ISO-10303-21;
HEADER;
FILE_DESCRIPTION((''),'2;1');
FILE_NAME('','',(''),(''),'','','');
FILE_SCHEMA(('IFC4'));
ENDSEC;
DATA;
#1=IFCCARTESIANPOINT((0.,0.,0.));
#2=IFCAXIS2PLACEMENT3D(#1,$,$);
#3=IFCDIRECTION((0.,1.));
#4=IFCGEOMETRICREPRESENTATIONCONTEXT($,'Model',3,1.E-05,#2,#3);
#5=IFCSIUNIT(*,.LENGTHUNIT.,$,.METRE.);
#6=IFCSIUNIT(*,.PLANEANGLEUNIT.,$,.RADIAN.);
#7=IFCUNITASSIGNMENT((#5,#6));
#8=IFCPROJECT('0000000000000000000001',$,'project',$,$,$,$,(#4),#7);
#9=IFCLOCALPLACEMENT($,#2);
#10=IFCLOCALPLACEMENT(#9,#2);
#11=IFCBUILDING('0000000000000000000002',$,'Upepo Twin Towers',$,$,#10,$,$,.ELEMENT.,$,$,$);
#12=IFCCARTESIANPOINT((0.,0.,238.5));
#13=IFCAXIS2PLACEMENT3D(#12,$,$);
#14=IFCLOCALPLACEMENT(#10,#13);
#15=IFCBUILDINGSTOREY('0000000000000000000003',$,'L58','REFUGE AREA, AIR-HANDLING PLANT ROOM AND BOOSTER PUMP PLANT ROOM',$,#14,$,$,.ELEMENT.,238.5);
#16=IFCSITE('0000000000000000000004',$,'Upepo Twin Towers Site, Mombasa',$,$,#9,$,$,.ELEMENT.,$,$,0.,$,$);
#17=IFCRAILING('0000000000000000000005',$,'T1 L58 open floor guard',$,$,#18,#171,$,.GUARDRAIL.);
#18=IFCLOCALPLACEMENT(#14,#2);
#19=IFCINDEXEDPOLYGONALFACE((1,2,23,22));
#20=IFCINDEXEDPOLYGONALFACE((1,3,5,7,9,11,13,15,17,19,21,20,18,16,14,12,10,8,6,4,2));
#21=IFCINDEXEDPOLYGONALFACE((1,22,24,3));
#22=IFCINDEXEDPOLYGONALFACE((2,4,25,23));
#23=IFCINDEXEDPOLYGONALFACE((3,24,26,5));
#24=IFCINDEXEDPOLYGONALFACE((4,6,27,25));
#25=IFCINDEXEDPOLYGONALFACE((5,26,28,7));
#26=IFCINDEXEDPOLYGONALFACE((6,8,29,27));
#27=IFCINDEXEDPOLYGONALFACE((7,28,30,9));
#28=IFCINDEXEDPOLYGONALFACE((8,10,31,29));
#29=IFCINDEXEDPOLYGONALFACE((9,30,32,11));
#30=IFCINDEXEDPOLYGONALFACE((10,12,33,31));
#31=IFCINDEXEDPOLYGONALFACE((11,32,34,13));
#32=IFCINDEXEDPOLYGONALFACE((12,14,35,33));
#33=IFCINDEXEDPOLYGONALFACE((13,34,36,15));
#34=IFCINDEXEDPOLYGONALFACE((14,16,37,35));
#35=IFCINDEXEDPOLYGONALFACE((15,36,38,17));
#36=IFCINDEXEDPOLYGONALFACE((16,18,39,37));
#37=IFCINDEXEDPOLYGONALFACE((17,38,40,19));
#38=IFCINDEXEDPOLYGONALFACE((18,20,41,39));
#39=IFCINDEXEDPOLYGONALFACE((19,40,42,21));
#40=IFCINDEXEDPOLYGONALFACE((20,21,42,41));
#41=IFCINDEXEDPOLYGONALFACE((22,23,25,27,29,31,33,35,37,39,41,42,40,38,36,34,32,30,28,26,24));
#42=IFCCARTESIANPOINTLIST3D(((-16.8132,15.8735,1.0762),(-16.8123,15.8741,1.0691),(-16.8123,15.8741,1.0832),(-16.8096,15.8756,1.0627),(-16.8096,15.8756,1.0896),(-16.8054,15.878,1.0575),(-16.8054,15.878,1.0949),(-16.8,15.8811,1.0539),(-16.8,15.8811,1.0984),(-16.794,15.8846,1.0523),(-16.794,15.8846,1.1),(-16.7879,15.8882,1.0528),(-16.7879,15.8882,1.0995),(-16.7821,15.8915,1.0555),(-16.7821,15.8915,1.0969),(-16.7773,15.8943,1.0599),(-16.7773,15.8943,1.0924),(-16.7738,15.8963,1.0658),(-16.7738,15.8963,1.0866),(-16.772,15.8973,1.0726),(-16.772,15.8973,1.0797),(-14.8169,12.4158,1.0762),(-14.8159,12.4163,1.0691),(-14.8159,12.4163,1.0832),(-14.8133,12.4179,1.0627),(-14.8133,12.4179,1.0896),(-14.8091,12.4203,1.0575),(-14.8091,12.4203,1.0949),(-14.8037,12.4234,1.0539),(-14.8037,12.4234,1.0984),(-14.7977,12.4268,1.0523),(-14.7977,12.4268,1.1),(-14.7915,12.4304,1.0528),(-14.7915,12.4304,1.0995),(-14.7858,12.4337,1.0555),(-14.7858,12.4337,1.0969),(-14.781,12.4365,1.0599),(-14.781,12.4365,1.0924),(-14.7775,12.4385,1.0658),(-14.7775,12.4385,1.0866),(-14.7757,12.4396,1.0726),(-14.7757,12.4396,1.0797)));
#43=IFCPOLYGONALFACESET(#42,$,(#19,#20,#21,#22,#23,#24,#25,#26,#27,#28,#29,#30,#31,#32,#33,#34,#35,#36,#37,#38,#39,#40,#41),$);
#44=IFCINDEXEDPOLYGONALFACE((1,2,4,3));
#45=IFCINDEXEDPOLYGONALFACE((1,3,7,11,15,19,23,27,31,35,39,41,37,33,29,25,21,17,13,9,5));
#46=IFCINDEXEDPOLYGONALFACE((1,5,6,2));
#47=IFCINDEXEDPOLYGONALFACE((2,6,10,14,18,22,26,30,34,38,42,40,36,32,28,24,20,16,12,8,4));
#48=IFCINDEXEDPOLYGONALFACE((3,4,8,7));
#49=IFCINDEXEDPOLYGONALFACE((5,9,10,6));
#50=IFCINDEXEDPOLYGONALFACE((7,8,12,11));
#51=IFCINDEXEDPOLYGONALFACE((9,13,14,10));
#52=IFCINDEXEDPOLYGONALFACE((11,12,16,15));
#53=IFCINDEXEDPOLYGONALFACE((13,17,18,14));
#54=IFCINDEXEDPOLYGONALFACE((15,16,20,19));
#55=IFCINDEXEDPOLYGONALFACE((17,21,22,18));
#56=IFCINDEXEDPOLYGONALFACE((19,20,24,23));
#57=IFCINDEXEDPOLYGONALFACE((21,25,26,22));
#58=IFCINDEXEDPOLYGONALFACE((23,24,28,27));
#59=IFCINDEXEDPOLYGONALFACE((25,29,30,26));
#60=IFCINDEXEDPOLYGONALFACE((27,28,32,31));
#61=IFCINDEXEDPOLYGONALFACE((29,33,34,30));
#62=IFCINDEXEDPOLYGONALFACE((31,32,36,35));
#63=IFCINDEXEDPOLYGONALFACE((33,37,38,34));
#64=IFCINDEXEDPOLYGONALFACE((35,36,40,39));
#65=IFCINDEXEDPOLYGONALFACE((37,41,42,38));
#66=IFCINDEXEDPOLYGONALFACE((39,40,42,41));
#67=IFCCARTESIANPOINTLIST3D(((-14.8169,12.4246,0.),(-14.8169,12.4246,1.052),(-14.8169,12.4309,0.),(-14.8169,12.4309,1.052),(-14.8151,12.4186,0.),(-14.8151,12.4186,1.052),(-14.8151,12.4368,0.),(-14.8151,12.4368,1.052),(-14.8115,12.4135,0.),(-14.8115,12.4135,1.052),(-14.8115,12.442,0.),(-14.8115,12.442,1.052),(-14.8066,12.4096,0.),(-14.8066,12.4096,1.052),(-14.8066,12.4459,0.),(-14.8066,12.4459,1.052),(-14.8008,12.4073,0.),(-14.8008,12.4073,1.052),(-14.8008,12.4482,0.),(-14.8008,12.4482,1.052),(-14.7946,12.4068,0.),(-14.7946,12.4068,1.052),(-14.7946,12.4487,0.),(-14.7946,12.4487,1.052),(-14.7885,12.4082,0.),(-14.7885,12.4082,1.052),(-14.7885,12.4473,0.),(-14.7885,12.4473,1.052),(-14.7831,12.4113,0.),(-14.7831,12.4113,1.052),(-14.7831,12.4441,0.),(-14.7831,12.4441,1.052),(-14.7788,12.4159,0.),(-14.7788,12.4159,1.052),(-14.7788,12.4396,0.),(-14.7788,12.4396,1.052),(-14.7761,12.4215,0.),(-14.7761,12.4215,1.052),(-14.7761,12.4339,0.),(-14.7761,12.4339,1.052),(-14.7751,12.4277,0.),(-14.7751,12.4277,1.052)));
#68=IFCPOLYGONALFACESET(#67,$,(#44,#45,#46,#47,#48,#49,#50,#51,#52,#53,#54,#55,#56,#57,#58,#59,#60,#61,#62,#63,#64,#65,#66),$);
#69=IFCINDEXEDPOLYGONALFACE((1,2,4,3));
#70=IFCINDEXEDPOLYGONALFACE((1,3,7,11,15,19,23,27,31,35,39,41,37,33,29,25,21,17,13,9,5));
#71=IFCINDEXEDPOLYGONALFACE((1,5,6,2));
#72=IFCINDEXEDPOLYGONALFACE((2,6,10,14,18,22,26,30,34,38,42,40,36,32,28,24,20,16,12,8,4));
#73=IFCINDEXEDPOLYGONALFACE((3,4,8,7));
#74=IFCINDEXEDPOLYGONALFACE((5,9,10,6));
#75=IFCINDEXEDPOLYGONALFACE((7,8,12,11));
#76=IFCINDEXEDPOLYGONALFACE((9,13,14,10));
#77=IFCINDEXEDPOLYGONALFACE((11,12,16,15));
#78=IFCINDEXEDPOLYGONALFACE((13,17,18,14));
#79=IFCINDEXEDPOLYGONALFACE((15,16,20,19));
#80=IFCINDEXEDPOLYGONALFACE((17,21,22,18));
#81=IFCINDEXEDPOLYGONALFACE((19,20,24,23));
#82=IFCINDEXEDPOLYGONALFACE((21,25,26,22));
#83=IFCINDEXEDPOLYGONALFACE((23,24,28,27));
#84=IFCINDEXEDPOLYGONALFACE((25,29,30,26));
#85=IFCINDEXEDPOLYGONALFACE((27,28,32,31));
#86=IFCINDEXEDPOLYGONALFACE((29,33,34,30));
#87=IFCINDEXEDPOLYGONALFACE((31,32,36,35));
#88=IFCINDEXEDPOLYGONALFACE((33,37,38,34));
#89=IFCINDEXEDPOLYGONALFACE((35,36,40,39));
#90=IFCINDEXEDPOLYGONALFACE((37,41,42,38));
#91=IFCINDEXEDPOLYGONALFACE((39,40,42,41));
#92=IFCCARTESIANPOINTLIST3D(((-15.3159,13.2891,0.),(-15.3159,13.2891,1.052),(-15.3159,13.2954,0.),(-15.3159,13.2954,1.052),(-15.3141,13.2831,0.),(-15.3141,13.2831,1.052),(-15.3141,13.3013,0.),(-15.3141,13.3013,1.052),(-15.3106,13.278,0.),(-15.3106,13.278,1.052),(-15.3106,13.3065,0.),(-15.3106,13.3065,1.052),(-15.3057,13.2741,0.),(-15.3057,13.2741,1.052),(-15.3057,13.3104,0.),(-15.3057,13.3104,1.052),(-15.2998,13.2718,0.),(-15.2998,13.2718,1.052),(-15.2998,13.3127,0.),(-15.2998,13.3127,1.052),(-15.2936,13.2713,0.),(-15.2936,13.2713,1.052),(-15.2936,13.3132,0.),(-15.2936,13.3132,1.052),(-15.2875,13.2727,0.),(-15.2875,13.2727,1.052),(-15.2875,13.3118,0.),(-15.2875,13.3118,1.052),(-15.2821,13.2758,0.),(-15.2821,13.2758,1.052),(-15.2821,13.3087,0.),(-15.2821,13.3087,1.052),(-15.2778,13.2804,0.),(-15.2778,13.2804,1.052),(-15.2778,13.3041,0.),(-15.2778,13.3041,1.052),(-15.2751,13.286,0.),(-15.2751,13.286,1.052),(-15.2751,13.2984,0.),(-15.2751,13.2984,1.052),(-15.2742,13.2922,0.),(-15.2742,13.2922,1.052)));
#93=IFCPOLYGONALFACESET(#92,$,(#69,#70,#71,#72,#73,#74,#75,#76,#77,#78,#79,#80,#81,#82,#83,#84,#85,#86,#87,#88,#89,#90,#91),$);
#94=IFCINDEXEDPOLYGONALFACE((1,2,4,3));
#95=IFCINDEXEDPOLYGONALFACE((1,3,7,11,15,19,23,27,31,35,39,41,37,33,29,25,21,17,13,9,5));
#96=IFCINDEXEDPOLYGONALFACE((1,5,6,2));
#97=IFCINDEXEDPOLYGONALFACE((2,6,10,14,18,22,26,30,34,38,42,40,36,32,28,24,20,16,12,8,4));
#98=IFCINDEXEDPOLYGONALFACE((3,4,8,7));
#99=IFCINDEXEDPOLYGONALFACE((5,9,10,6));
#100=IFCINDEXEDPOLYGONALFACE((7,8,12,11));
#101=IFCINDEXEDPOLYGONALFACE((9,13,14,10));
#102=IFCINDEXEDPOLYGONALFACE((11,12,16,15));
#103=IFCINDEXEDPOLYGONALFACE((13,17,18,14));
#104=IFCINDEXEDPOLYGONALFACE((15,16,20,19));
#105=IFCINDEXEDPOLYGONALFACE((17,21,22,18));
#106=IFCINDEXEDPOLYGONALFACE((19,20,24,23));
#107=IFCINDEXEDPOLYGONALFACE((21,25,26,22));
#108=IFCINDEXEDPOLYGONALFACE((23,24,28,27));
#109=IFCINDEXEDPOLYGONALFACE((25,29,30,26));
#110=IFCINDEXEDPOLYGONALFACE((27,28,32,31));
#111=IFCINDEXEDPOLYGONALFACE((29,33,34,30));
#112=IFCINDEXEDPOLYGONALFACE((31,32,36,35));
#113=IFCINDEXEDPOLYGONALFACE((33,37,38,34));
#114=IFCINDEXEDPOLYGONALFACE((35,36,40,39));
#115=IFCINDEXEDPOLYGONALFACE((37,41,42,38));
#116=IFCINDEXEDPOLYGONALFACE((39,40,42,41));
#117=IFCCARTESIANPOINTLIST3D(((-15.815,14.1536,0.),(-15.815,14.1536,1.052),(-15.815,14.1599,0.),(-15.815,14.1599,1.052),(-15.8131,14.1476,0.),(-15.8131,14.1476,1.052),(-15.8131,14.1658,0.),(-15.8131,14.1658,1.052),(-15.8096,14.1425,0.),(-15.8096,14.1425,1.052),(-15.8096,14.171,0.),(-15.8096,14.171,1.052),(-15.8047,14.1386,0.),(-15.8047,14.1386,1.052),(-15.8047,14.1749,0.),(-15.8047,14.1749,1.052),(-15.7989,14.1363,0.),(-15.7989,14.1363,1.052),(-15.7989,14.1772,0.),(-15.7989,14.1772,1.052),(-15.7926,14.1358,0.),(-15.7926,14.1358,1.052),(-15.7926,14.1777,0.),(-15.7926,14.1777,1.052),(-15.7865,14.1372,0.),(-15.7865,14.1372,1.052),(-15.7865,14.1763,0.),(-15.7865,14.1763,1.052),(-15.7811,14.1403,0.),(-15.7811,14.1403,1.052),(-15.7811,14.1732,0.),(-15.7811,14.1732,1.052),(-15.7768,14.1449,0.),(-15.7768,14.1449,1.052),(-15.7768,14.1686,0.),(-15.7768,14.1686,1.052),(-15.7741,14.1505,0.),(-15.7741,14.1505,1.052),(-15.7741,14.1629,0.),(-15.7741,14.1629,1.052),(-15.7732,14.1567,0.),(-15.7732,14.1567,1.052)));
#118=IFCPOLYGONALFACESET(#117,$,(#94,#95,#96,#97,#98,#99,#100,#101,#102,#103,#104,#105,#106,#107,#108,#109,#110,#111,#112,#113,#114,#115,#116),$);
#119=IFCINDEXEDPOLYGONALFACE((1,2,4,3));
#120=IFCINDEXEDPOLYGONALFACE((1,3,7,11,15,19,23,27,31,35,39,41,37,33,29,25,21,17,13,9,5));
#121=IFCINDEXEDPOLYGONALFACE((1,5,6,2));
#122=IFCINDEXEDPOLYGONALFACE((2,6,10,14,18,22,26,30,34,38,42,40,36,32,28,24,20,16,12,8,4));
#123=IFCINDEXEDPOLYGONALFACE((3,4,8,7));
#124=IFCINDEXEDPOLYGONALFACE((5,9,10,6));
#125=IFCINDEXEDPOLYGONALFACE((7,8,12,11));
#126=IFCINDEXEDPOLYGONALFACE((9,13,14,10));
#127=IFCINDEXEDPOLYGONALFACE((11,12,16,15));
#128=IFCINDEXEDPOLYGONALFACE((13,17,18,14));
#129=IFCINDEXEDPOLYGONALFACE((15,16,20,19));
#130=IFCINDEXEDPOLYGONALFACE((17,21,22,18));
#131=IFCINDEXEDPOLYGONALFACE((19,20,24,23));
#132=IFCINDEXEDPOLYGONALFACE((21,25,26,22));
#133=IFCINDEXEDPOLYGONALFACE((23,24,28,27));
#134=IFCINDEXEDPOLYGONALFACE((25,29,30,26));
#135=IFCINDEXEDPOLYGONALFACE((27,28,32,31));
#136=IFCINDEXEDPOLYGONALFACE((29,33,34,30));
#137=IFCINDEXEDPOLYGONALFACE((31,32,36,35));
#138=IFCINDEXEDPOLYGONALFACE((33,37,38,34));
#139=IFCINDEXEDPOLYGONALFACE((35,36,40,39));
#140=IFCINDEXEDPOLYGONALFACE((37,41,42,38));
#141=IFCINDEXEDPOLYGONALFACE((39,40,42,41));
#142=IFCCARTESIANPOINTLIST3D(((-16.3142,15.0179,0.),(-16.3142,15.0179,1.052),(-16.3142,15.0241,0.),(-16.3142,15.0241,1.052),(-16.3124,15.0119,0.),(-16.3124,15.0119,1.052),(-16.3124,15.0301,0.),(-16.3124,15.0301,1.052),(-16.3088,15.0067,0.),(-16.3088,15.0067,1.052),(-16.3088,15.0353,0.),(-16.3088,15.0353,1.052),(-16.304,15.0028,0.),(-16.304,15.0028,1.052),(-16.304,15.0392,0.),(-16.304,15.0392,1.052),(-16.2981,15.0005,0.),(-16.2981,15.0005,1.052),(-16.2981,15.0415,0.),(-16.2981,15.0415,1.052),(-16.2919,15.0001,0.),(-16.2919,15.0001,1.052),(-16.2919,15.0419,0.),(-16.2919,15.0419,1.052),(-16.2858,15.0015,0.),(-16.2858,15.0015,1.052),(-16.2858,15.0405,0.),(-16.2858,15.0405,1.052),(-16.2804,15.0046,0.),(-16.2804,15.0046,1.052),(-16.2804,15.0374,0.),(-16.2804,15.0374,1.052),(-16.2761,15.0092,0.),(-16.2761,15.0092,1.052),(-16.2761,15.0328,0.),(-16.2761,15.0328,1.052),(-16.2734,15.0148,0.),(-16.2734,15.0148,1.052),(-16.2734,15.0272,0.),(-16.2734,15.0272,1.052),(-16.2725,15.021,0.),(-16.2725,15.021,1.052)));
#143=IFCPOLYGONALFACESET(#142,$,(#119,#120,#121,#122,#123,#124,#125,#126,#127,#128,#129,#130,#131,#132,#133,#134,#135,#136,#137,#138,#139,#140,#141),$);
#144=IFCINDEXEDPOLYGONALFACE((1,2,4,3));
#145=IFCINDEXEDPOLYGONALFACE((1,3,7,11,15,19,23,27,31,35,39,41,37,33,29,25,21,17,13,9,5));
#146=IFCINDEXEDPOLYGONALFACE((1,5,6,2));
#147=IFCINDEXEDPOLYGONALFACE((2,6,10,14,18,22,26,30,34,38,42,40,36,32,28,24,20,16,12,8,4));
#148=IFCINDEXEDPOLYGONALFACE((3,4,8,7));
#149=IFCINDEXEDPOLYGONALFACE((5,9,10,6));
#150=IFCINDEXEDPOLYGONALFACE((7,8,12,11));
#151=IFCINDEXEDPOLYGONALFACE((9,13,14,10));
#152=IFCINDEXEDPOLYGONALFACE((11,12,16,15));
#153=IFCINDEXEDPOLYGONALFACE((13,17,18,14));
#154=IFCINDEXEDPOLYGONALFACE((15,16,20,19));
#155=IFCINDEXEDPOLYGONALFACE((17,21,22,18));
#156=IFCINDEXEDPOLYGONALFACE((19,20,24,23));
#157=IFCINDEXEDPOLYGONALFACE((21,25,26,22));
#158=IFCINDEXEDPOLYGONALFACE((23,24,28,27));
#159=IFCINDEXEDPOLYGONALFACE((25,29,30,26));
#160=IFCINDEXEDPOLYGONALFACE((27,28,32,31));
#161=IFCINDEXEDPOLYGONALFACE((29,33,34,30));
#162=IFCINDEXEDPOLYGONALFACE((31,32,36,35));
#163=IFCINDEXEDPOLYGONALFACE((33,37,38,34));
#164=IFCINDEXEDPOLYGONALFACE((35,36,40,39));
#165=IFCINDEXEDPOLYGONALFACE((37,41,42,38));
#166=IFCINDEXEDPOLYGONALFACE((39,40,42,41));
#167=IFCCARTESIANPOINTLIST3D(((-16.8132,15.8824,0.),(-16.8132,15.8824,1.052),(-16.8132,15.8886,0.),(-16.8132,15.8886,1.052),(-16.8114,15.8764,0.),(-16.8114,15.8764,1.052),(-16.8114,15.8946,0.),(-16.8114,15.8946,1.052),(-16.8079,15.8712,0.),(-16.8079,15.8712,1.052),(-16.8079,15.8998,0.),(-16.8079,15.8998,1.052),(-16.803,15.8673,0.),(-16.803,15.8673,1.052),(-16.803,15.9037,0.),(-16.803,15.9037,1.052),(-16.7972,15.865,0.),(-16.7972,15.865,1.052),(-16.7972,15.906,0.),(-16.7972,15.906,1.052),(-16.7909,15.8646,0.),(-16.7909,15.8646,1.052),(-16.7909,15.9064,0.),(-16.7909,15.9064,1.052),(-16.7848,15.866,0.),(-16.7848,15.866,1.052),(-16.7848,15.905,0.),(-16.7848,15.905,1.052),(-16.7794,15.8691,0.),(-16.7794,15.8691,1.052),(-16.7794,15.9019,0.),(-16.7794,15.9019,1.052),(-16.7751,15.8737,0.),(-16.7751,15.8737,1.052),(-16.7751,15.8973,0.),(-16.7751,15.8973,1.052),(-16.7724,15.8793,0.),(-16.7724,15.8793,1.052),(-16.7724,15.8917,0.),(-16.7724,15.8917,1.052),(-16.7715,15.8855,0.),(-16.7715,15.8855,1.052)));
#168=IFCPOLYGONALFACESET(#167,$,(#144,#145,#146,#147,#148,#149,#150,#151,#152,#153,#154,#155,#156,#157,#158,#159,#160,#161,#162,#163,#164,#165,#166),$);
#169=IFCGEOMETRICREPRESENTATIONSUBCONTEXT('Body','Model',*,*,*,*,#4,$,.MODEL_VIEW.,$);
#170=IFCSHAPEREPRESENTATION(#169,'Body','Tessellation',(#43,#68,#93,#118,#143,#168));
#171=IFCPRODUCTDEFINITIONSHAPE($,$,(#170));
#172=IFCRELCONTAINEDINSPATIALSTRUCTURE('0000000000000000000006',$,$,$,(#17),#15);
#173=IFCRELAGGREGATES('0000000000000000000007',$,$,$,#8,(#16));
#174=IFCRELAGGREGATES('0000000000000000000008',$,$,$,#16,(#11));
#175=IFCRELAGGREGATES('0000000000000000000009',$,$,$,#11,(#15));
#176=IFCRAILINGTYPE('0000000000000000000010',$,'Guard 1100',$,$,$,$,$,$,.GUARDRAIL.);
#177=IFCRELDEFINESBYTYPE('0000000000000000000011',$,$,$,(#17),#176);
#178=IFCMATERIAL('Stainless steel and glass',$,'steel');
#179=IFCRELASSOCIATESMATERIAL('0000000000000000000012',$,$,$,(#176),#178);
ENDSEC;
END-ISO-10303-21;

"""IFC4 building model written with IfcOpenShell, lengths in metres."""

from ifc_helpers import new_model, si_unit, direction, frame, origin, origin_2d, place, context, subcontext, project, spatial, circle, extrude, material, type_object, element, save


model = new_model("IFC4")

# Units and contexts
model_context = context("Model", 3, precision=1e-05, world=origin(), true_north=direction((0.0, 1.0)))
body_context = subcontext(model_context, "Body", "Model", "MODEL_VIEW")
ifc_project = project(units=[si_unit("LENGTHUNIT", "METRE"), si_unit("PLANEANGLEUNIT", "RADIAN")], contexts=[model_context])

# Site, building, storey
site_placement = place(None, origin())
site = spatial("IfcSite", under=ifc_project, at=site_placement, Name="Upepo Twin Towers Site, Mombasa", CompositionType="ELEMENT", RefElevation=0.0)
building_placement = place(site_placement, origin())
building = spatial("IfcBuilding", under=site, at=building_placement, Name="Upepo Twin Towers", CompositionType="ELEMENT")
storey_placement = place(building_placement, frame((0.0, 0.0, 238.5)))
storey = spatial("IfcBuildingStorey", under=building, at=storey_placement, Name="L58", Description="REFUGE AREA, AIR-HANDLING PLANT ROOM AND BOOSTER PUMP PLANT ROOM", CompositionType="ELEMENT", Elevation=238.5)

# Railing
ifc_material_1 = material(Name="Stainless steel and glass", Category="steel")
railing_type_1 = type_object("IfcRailingType", Name="Guard 1100", PredefinedType="GUARDRAIL", material=ifc_material_1)
railing_1_placement = place(storey_placement, frame((-14.7961, 12.4277, 0.0)))
element("IfcRailing", 1, at=railing_1_placement, inside=storey, type_object=railing_type_1, Name="T1 L58 open floor guard", PredefinedType="GUARDRAIL", context=body_context, shape_type="SweptSolid", body=[
    extrude(circle(Radius=0.0239, at=origin_2d()), frame((0.0, 0.0, 1.0762), z_axis=(-0.499999, 0.866026, 0.0), x_axis=(-0.866026, -0.499999, 0.0)), (0.0, 0.0, 1.0), 3.9927),
    extrude(circle(Radius=0.021, at=origin_2d()), origin(), (0.0, 0.0, 1.0), 1.052),
    extrude(circle(Radius=0.021, at=origin_2d()), frame((-0.499, 0.8645, 0.0)), (0.0, 0.0, 1.0), 1.052),
    extrude(circle(Radius=0.021, at=origin_2d()), frame((-0.998, 1.729, 0.0)), (0.0, 0.0, 1.0), 1.052),
    extrude(circle(Radius=0.021, at=origin_2d()), frame((-1.4973, 2.5933, 0.0)), (0.0, 0.0, 1.0), 1.052),
    extrude(circle(Radius=0.021, at=origin_2d()), frame((-1.9963, 3.4578, 0.0)), (0.0, 0.0, 1.0), 1.052),
])

save(model, "model.ifc")
